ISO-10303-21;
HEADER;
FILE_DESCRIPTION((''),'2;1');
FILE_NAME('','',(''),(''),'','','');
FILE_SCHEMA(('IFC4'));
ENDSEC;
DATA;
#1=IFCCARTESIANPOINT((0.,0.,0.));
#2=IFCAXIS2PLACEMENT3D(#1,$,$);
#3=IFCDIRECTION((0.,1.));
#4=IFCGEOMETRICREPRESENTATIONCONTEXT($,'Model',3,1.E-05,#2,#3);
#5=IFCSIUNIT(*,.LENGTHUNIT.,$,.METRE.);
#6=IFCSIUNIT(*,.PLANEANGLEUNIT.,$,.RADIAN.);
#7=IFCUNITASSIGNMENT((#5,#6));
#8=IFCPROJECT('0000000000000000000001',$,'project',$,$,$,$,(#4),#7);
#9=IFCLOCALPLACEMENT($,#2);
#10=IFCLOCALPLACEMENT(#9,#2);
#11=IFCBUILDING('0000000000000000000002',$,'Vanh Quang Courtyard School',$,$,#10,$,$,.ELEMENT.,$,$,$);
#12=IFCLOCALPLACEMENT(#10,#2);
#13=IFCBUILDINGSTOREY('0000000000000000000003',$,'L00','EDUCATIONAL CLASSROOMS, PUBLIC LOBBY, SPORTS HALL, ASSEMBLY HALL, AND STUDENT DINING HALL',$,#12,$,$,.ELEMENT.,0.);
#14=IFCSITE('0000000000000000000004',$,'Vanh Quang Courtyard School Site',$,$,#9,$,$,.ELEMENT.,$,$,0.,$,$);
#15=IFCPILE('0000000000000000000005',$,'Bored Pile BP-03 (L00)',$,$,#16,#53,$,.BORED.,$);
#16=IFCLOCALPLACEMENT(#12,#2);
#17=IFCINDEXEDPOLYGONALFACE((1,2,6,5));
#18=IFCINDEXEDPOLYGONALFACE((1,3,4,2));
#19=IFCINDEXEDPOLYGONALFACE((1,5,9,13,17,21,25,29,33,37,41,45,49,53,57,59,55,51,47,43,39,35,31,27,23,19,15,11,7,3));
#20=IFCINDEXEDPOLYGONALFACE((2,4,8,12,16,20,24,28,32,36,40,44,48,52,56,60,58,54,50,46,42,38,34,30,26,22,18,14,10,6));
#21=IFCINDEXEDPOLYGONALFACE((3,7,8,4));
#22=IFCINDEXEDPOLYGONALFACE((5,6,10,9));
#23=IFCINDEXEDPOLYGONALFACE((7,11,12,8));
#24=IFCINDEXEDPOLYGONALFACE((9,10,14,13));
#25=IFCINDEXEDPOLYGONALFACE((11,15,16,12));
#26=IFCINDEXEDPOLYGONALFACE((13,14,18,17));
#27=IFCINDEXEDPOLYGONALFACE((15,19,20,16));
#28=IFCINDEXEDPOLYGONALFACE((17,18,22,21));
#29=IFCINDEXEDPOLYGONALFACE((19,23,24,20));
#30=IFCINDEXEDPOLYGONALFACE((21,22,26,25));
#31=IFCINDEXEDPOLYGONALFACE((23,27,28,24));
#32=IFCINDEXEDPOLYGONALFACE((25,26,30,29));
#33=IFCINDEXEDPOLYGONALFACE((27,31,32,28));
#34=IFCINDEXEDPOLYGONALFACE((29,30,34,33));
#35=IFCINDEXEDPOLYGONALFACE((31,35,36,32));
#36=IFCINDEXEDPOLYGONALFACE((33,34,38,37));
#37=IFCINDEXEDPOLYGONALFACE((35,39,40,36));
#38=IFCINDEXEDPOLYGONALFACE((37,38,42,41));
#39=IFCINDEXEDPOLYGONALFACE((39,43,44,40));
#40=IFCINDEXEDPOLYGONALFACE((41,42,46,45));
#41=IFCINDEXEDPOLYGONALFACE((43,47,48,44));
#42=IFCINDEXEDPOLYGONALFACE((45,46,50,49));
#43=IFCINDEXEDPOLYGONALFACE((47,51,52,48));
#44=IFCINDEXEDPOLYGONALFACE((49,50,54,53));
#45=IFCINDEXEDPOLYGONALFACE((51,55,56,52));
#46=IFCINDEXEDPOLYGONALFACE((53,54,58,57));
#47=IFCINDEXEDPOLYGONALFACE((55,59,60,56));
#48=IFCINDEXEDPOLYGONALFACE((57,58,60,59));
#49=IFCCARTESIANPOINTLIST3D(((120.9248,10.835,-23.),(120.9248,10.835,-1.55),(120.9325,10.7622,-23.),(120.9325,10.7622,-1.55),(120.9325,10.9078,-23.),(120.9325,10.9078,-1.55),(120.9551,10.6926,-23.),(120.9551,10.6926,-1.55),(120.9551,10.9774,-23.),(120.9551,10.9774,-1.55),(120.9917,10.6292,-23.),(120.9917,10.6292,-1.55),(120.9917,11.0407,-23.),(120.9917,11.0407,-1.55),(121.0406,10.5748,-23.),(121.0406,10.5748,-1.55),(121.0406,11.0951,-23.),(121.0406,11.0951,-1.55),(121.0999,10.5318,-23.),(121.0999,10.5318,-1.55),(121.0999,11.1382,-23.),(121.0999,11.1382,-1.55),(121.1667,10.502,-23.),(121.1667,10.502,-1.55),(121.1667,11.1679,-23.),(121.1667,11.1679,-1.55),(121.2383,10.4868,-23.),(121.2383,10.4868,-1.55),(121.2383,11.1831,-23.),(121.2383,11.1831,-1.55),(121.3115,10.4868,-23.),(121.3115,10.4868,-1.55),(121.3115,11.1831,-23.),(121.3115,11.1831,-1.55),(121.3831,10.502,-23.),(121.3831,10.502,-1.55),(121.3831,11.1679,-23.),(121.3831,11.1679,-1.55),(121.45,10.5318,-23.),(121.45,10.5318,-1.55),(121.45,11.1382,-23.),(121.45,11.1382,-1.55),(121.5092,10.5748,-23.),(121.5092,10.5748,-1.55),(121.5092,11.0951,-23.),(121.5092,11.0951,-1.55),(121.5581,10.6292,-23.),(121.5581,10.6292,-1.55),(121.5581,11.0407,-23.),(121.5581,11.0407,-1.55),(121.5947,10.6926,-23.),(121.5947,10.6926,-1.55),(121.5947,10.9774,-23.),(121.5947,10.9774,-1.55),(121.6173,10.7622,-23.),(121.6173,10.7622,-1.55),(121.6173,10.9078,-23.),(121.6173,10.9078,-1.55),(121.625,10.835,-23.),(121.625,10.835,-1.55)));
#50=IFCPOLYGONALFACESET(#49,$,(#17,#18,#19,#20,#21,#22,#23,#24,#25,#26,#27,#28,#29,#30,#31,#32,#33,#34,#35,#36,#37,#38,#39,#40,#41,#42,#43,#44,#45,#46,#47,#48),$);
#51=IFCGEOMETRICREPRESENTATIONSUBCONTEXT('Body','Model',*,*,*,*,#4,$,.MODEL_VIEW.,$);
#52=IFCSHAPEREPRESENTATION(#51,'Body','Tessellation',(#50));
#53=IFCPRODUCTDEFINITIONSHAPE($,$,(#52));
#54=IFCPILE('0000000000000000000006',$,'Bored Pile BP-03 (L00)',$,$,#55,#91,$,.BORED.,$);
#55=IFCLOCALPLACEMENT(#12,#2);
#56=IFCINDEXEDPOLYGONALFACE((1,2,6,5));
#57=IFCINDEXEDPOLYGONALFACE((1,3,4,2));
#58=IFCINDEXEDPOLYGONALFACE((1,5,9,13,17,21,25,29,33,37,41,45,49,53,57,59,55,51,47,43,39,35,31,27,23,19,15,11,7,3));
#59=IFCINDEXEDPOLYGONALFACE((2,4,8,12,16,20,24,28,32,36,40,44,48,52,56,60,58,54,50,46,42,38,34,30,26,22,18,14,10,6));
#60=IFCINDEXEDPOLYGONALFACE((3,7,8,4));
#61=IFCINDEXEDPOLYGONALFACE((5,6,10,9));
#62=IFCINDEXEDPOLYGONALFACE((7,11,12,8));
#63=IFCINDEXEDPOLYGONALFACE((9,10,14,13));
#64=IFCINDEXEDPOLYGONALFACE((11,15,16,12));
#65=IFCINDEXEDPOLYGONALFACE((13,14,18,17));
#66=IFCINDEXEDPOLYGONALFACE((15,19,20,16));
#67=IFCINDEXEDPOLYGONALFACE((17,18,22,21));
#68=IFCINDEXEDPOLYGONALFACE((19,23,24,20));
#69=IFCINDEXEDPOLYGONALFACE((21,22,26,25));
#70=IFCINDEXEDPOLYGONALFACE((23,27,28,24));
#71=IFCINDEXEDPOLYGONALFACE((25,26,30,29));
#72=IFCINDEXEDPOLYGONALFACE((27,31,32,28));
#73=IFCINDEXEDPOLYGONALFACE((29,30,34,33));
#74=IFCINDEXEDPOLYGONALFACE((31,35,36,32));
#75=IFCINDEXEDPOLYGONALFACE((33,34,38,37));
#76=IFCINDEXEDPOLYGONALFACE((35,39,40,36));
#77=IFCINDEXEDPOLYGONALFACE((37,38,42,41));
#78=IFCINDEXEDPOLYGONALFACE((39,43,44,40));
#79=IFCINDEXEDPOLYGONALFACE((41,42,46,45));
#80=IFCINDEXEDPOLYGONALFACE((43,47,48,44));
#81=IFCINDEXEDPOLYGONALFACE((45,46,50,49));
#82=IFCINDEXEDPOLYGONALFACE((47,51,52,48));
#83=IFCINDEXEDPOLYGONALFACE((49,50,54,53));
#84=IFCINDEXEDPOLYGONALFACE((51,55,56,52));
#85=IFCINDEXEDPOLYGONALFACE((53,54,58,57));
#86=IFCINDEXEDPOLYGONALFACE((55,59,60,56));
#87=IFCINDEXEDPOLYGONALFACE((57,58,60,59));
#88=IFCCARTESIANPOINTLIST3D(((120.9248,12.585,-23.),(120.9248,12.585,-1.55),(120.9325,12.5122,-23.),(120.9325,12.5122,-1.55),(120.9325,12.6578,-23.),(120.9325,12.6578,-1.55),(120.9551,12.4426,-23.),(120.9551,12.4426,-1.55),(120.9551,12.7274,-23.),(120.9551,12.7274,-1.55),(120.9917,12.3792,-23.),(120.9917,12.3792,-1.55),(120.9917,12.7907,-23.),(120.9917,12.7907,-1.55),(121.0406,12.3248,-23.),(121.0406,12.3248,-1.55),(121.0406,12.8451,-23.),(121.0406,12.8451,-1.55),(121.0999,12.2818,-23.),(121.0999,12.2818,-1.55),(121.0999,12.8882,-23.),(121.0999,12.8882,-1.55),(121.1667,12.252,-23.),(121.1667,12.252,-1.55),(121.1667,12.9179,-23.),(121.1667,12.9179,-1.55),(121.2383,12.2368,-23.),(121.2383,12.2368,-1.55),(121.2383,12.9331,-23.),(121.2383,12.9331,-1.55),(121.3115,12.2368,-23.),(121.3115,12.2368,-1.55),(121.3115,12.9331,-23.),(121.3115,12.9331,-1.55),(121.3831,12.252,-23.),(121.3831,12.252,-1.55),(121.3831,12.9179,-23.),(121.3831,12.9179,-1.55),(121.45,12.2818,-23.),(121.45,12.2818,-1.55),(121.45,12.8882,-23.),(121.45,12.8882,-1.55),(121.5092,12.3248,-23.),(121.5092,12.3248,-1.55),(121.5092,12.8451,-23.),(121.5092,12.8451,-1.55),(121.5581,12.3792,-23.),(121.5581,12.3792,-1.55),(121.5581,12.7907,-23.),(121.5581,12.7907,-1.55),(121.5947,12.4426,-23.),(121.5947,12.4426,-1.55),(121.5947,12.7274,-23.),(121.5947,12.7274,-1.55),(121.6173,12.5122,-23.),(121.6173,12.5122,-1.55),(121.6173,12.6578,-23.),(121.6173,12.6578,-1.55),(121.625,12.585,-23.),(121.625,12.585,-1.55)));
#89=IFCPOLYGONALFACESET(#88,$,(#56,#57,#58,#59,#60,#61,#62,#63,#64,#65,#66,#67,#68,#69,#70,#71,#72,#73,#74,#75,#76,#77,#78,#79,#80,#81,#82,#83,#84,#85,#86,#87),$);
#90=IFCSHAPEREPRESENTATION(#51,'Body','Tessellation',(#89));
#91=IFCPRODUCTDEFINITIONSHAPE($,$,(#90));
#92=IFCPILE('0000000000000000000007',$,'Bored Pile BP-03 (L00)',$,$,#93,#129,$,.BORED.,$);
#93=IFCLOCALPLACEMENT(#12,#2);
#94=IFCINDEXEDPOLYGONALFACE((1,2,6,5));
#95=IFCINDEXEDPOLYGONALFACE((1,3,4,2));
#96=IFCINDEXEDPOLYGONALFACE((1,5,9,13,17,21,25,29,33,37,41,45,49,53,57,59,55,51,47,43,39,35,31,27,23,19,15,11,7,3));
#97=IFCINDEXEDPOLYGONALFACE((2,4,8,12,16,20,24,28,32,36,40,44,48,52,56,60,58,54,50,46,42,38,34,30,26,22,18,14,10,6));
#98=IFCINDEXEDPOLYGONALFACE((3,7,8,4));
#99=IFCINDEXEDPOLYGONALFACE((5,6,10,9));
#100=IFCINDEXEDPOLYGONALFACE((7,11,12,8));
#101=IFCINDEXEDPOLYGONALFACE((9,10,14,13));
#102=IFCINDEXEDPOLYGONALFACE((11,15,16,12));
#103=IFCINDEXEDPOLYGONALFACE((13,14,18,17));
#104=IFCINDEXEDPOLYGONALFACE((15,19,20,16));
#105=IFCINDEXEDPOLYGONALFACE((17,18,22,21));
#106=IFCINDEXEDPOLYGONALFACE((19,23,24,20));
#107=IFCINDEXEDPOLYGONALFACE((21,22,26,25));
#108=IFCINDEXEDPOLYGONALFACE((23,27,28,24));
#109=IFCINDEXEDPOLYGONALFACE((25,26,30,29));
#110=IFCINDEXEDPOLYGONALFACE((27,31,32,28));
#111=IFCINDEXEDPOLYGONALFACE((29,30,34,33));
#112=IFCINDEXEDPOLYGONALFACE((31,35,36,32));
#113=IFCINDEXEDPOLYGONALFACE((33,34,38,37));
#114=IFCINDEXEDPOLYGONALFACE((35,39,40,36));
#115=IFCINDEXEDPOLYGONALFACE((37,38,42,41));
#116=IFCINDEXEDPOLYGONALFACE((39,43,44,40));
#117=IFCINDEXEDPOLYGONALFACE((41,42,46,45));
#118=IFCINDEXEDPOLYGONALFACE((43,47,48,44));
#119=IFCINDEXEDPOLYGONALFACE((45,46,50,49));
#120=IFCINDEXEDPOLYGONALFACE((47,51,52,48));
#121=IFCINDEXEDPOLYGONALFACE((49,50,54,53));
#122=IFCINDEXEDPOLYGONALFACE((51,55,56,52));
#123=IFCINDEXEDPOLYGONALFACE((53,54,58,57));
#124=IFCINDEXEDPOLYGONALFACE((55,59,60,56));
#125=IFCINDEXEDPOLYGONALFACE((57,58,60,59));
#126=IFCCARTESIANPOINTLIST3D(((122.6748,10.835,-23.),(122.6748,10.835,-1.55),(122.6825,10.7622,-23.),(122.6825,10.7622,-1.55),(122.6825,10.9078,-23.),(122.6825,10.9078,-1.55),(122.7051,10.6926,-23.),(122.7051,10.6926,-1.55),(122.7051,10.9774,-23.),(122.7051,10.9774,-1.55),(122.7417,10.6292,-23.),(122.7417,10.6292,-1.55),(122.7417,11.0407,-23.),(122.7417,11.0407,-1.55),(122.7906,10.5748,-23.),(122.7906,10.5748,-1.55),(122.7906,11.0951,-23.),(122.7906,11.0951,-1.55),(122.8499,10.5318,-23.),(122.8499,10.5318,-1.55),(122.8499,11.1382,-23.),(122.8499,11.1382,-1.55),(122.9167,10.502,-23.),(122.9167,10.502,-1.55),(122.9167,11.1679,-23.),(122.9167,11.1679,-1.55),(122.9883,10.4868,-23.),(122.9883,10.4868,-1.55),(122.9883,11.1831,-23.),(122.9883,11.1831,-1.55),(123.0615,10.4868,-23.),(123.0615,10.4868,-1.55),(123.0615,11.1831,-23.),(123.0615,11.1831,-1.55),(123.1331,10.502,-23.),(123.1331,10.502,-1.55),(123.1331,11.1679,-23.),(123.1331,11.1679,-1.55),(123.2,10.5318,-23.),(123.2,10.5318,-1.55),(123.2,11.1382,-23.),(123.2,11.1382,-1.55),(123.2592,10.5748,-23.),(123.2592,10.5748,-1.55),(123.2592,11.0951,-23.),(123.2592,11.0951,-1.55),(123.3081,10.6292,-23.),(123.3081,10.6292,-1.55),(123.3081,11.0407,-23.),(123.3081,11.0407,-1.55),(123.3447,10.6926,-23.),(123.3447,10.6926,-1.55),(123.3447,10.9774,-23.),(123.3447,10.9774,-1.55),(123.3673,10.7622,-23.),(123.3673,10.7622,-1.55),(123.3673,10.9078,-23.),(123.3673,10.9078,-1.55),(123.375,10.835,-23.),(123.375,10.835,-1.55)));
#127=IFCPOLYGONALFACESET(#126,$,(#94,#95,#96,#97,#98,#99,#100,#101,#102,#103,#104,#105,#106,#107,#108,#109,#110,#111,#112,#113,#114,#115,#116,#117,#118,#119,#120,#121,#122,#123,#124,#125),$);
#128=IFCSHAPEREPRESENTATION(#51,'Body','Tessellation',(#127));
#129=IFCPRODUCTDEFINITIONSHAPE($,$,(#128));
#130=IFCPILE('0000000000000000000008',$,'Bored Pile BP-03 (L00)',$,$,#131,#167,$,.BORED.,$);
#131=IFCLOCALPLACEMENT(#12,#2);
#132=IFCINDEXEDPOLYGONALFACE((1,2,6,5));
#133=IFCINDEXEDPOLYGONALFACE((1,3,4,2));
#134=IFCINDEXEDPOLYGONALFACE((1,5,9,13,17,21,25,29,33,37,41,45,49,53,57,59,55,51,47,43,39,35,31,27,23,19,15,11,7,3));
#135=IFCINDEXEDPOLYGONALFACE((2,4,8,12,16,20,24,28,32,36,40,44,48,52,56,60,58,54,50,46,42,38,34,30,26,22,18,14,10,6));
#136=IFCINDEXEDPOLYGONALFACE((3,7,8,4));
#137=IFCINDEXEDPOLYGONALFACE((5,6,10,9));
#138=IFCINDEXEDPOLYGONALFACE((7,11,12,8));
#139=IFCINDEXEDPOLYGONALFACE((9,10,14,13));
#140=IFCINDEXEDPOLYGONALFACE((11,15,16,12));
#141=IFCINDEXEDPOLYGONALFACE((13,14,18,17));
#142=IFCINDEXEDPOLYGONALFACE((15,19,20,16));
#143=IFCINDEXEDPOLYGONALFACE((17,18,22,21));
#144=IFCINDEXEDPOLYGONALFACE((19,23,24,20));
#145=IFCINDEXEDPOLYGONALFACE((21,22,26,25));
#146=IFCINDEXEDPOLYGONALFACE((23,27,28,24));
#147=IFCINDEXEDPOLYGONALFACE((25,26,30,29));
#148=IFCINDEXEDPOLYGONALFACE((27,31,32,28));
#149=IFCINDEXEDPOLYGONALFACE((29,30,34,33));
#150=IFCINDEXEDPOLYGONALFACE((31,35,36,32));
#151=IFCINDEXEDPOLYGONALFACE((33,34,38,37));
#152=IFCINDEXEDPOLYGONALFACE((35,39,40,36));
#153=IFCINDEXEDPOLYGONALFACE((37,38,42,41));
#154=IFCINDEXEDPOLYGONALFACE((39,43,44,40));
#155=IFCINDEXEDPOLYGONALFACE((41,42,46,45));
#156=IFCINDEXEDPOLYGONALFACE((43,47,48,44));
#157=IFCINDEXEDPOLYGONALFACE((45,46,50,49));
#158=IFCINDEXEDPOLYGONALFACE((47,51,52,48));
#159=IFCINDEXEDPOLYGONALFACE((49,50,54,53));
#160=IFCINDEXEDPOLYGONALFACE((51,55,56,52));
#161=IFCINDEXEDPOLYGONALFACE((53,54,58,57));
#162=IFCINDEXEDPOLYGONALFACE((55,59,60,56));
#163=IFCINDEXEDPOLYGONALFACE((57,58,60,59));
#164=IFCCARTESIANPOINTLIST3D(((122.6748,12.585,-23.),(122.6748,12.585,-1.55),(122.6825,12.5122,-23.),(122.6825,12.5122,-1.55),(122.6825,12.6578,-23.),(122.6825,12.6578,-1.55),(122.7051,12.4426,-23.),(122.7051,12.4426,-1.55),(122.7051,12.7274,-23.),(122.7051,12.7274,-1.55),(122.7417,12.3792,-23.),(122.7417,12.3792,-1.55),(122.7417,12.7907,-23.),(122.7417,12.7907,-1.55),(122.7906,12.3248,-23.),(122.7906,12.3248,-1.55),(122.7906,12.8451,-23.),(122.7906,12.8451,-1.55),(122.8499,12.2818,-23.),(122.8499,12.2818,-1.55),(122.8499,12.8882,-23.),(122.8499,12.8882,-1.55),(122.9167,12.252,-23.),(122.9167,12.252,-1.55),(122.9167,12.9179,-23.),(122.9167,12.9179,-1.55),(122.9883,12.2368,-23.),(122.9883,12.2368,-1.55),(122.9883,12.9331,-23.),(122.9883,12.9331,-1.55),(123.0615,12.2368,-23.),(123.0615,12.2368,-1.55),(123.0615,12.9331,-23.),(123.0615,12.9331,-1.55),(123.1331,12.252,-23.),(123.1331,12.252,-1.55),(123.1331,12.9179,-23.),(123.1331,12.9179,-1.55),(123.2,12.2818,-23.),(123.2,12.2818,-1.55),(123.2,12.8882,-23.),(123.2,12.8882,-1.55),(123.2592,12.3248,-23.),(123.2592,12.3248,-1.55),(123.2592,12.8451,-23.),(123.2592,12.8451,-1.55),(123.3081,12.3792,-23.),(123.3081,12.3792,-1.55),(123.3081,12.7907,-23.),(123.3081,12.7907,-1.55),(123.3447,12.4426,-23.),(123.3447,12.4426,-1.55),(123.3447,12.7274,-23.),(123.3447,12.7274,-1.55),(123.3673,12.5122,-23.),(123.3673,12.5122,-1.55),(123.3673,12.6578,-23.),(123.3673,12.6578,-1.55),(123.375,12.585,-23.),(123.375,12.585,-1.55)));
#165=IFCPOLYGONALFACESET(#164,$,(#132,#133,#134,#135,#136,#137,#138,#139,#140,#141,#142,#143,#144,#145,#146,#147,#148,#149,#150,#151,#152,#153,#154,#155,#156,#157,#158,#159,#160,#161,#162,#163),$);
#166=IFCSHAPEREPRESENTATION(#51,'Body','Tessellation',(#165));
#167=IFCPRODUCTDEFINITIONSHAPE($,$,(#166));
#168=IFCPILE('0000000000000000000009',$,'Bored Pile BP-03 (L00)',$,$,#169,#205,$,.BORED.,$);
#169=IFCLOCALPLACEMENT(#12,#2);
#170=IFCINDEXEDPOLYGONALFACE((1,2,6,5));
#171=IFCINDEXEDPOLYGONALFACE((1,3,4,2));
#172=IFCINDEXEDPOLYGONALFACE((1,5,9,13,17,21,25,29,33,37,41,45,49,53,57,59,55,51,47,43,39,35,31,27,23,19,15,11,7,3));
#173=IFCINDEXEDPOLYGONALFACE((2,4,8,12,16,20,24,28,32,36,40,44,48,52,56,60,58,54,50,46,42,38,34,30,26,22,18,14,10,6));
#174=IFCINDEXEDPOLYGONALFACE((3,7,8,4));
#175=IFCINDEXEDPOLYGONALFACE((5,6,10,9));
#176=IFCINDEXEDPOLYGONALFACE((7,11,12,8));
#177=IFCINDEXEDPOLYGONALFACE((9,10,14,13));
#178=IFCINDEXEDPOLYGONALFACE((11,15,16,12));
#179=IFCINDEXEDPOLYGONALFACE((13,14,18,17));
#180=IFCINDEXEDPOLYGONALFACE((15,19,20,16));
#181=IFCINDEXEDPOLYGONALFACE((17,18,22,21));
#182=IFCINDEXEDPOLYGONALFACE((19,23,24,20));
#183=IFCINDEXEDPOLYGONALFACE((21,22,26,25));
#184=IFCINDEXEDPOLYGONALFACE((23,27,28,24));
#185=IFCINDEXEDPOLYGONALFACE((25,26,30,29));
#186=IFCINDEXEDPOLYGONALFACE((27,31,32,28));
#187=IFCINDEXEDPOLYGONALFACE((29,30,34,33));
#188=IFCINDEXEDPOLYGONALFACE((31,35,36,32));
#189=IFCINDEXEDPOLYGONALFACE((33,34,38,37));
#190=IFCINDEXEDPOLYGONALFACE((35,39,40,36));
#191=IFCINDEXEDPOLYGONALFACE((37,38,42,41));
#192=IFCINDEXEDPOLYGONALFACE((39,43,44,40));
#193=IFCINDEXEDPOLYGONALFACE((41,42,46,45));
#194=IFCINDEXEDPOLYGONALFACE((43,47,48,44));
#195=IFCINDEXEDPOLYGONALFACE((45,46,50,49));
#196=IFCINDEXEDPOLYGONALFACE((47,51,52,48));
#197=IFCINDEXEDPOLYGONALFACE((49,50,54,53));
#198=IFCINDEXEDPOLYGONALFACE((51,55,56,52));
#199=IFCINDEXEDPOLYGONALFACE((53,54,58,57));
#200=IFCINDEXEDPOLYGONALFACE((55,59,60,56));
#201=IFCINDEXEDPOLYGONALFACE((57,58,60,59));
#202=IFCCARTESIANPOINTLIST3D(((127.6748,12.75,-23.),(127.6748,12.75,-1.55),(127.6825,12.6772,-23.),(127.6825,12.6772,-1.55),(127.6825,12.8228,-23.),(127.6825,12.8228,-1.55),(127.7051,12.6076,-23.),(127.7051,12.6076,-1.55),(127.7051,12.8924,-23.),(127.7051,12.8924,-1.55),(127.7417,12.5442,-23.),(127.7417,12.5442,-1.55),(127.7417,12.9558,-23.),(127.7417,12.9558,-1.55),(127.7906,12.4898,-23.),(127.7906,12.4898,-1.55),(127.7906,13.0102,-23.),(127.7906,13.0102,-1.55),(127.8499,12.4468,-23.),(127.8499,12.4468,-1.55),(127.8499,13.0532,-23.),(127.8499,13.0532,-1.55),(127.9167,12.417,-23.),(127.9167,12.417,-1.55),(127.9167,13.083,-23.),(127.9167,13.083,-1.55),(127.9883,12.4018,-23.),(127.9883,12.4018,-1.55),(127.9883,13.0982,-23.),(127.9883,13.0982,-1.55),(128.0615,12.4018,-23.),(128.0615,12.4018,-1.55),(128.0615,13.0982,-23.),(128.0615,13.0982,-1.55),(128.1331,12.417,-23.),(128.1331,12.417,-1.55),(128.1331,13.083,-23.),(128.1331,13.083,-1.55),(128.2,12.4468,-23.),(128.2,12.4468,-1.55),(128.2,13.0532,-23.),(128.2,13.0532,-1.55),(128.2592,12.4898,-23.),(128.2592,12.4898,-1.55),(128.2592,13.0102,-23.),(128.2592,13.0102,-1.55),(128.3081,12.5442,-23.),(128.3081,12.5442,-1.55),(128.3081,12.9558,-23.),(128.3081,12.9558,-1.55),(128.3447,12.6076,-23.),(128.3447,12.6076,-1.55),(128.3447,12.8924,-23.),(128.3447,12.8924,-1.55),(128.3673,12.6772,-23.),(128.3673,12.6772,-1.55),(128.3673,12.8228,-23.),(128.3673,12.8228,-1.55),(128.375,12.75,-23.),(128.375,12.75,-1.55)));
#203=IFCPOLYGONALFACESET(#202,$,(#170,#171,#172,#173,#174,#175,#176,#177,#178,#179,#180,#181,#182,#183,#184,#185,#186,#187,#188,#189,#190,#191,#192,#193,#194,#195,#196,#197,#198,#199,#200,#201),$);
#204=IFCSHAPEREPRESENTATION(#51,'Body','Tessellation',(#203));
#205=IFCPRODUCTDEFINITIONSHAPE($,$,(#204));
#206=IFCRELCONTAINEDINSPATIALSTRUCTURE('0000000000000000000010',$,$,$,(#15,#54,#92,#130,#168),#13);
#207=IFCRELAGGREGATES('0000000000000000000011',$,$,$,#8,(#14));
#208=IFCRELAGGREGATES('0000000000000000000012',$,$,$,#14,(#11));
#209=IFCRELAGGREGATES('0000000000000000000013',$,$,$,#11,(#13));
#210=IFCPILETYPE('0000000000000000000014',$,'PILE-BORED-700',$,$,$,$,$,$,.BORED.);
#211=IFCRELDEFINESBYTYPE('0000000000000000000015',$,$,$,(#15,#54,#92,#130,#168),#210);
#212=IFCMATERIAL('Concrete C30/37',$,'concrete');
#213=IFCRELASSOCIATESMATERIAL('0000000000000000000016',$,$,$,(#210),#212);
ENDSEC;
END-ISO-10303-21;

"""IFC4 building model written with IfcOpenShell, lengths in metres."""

from ifc_helpers import new_model, si_unit, direction, frame, origin, origin_2d, place, context, subcontext, project, spatial, circle, extrude, material, material_profile, profile_set, type_object, element, save


model = new_model("IFC4")

# Units and contexts
model_context = context("Model", 3, precision=1e-05, world=origin(), true_north=direction((0.0, 1.0)))
body_context = subcontext(model_context, "Body", "Model", "MODEL_VIEW")
ifc_project = project(units=[si_unit("LENGTHUNIT", "METRE"), si_unit("PLANEANGLEUNIT", "RADIAN")], contexts=[model_context])

# Site, building, storey
site_placement = place(None, origin())
site = spatial("IfcSite", under=ifc_project, at=site_placement, Name="Vanh Quang Courtyard School Site", CompositionType="ELEMENT", RefElevation=0.0)
building_placement = place(site_placement, origin())
building = spatial("IfcBuilding", under=site, at=building_placement, Name="Vanh Quang Courtyard School", CompositionType="ELEMENT")
storey_placement = place(building_placement, origin())
storey = spatial("IfcBuildingStorey", under=building, at=storey_placement, Name="L00", Description="EDUCATIONAL CLASSROOMS, PUBLIC LOBBY, SPORTS HALL, ASSEMBLY HALL, AND STUDENT DINING HALL", CompositionType="ELEMENT", Elevation=0.0)

# Piles
ifc_material_1 = material(Name="Concrete C30/37", Category="concrete")
ifc_material_profile_1 = material_profile(ifc_material_1, circle(Radius=0.3501, at=origin_2d()), Name="PILE D700")
ifc_profile_set_1 = profile_set([ifc_material_profile_1], Name="Concrete C30/37")
pile_type_1 = type_object("IfcPileType", Name="PILE-BORED-700", PredefinedType="BORED", material=ifc_profile_set_1)
for number, where, z_axis, x_axis, name in (
    (1, (121.2749, 10.835, -1.55), (0.0, 0.0, -1.0), (1.0, 0.0, 0.0), "Bored Pile BP-03 (L00)"),
    (2, (121.2749, 12.585, -1.55), (0.0, 0.0, -1.0), (1.0, 0.0, 0.0), "Bored Pile BP-03 (L00)"),
    (3, (123.0249, 10.835, -1.55), (0.0, 0.0, -1.0), (1.0, 0.0, 0.0), "Bored Pile BP-03 (L00)"),
    (4, (123.0249, 12.585, -1.55), (0.0, 0.0, -1.0), (1.0, 0.0, 0.0), "Bored Pile BP-03 (L00)"),
    (5, (128.0249, 12.75, -1.55), (0.0, 0.0, -1.0), (1.0, 0.0, 0.0), "Bored Pile BP-03 (L00)"),
):
    element("IfcPile", number, at=place(storey_placement, frame(where, z_axis=z_axis, x_axis=x_axis)), inside=storey, type_object=pile_type_1, Name=name, PredefinedType="BORED", context=body_context, shape_type="SweptSolid", body=[
        extrude(circle(Radius=0.3501, at=origin_2d()), origin(), (0.0, 0.0, 1.0), 21.45),
    ])

save(model, "model.ifc")
